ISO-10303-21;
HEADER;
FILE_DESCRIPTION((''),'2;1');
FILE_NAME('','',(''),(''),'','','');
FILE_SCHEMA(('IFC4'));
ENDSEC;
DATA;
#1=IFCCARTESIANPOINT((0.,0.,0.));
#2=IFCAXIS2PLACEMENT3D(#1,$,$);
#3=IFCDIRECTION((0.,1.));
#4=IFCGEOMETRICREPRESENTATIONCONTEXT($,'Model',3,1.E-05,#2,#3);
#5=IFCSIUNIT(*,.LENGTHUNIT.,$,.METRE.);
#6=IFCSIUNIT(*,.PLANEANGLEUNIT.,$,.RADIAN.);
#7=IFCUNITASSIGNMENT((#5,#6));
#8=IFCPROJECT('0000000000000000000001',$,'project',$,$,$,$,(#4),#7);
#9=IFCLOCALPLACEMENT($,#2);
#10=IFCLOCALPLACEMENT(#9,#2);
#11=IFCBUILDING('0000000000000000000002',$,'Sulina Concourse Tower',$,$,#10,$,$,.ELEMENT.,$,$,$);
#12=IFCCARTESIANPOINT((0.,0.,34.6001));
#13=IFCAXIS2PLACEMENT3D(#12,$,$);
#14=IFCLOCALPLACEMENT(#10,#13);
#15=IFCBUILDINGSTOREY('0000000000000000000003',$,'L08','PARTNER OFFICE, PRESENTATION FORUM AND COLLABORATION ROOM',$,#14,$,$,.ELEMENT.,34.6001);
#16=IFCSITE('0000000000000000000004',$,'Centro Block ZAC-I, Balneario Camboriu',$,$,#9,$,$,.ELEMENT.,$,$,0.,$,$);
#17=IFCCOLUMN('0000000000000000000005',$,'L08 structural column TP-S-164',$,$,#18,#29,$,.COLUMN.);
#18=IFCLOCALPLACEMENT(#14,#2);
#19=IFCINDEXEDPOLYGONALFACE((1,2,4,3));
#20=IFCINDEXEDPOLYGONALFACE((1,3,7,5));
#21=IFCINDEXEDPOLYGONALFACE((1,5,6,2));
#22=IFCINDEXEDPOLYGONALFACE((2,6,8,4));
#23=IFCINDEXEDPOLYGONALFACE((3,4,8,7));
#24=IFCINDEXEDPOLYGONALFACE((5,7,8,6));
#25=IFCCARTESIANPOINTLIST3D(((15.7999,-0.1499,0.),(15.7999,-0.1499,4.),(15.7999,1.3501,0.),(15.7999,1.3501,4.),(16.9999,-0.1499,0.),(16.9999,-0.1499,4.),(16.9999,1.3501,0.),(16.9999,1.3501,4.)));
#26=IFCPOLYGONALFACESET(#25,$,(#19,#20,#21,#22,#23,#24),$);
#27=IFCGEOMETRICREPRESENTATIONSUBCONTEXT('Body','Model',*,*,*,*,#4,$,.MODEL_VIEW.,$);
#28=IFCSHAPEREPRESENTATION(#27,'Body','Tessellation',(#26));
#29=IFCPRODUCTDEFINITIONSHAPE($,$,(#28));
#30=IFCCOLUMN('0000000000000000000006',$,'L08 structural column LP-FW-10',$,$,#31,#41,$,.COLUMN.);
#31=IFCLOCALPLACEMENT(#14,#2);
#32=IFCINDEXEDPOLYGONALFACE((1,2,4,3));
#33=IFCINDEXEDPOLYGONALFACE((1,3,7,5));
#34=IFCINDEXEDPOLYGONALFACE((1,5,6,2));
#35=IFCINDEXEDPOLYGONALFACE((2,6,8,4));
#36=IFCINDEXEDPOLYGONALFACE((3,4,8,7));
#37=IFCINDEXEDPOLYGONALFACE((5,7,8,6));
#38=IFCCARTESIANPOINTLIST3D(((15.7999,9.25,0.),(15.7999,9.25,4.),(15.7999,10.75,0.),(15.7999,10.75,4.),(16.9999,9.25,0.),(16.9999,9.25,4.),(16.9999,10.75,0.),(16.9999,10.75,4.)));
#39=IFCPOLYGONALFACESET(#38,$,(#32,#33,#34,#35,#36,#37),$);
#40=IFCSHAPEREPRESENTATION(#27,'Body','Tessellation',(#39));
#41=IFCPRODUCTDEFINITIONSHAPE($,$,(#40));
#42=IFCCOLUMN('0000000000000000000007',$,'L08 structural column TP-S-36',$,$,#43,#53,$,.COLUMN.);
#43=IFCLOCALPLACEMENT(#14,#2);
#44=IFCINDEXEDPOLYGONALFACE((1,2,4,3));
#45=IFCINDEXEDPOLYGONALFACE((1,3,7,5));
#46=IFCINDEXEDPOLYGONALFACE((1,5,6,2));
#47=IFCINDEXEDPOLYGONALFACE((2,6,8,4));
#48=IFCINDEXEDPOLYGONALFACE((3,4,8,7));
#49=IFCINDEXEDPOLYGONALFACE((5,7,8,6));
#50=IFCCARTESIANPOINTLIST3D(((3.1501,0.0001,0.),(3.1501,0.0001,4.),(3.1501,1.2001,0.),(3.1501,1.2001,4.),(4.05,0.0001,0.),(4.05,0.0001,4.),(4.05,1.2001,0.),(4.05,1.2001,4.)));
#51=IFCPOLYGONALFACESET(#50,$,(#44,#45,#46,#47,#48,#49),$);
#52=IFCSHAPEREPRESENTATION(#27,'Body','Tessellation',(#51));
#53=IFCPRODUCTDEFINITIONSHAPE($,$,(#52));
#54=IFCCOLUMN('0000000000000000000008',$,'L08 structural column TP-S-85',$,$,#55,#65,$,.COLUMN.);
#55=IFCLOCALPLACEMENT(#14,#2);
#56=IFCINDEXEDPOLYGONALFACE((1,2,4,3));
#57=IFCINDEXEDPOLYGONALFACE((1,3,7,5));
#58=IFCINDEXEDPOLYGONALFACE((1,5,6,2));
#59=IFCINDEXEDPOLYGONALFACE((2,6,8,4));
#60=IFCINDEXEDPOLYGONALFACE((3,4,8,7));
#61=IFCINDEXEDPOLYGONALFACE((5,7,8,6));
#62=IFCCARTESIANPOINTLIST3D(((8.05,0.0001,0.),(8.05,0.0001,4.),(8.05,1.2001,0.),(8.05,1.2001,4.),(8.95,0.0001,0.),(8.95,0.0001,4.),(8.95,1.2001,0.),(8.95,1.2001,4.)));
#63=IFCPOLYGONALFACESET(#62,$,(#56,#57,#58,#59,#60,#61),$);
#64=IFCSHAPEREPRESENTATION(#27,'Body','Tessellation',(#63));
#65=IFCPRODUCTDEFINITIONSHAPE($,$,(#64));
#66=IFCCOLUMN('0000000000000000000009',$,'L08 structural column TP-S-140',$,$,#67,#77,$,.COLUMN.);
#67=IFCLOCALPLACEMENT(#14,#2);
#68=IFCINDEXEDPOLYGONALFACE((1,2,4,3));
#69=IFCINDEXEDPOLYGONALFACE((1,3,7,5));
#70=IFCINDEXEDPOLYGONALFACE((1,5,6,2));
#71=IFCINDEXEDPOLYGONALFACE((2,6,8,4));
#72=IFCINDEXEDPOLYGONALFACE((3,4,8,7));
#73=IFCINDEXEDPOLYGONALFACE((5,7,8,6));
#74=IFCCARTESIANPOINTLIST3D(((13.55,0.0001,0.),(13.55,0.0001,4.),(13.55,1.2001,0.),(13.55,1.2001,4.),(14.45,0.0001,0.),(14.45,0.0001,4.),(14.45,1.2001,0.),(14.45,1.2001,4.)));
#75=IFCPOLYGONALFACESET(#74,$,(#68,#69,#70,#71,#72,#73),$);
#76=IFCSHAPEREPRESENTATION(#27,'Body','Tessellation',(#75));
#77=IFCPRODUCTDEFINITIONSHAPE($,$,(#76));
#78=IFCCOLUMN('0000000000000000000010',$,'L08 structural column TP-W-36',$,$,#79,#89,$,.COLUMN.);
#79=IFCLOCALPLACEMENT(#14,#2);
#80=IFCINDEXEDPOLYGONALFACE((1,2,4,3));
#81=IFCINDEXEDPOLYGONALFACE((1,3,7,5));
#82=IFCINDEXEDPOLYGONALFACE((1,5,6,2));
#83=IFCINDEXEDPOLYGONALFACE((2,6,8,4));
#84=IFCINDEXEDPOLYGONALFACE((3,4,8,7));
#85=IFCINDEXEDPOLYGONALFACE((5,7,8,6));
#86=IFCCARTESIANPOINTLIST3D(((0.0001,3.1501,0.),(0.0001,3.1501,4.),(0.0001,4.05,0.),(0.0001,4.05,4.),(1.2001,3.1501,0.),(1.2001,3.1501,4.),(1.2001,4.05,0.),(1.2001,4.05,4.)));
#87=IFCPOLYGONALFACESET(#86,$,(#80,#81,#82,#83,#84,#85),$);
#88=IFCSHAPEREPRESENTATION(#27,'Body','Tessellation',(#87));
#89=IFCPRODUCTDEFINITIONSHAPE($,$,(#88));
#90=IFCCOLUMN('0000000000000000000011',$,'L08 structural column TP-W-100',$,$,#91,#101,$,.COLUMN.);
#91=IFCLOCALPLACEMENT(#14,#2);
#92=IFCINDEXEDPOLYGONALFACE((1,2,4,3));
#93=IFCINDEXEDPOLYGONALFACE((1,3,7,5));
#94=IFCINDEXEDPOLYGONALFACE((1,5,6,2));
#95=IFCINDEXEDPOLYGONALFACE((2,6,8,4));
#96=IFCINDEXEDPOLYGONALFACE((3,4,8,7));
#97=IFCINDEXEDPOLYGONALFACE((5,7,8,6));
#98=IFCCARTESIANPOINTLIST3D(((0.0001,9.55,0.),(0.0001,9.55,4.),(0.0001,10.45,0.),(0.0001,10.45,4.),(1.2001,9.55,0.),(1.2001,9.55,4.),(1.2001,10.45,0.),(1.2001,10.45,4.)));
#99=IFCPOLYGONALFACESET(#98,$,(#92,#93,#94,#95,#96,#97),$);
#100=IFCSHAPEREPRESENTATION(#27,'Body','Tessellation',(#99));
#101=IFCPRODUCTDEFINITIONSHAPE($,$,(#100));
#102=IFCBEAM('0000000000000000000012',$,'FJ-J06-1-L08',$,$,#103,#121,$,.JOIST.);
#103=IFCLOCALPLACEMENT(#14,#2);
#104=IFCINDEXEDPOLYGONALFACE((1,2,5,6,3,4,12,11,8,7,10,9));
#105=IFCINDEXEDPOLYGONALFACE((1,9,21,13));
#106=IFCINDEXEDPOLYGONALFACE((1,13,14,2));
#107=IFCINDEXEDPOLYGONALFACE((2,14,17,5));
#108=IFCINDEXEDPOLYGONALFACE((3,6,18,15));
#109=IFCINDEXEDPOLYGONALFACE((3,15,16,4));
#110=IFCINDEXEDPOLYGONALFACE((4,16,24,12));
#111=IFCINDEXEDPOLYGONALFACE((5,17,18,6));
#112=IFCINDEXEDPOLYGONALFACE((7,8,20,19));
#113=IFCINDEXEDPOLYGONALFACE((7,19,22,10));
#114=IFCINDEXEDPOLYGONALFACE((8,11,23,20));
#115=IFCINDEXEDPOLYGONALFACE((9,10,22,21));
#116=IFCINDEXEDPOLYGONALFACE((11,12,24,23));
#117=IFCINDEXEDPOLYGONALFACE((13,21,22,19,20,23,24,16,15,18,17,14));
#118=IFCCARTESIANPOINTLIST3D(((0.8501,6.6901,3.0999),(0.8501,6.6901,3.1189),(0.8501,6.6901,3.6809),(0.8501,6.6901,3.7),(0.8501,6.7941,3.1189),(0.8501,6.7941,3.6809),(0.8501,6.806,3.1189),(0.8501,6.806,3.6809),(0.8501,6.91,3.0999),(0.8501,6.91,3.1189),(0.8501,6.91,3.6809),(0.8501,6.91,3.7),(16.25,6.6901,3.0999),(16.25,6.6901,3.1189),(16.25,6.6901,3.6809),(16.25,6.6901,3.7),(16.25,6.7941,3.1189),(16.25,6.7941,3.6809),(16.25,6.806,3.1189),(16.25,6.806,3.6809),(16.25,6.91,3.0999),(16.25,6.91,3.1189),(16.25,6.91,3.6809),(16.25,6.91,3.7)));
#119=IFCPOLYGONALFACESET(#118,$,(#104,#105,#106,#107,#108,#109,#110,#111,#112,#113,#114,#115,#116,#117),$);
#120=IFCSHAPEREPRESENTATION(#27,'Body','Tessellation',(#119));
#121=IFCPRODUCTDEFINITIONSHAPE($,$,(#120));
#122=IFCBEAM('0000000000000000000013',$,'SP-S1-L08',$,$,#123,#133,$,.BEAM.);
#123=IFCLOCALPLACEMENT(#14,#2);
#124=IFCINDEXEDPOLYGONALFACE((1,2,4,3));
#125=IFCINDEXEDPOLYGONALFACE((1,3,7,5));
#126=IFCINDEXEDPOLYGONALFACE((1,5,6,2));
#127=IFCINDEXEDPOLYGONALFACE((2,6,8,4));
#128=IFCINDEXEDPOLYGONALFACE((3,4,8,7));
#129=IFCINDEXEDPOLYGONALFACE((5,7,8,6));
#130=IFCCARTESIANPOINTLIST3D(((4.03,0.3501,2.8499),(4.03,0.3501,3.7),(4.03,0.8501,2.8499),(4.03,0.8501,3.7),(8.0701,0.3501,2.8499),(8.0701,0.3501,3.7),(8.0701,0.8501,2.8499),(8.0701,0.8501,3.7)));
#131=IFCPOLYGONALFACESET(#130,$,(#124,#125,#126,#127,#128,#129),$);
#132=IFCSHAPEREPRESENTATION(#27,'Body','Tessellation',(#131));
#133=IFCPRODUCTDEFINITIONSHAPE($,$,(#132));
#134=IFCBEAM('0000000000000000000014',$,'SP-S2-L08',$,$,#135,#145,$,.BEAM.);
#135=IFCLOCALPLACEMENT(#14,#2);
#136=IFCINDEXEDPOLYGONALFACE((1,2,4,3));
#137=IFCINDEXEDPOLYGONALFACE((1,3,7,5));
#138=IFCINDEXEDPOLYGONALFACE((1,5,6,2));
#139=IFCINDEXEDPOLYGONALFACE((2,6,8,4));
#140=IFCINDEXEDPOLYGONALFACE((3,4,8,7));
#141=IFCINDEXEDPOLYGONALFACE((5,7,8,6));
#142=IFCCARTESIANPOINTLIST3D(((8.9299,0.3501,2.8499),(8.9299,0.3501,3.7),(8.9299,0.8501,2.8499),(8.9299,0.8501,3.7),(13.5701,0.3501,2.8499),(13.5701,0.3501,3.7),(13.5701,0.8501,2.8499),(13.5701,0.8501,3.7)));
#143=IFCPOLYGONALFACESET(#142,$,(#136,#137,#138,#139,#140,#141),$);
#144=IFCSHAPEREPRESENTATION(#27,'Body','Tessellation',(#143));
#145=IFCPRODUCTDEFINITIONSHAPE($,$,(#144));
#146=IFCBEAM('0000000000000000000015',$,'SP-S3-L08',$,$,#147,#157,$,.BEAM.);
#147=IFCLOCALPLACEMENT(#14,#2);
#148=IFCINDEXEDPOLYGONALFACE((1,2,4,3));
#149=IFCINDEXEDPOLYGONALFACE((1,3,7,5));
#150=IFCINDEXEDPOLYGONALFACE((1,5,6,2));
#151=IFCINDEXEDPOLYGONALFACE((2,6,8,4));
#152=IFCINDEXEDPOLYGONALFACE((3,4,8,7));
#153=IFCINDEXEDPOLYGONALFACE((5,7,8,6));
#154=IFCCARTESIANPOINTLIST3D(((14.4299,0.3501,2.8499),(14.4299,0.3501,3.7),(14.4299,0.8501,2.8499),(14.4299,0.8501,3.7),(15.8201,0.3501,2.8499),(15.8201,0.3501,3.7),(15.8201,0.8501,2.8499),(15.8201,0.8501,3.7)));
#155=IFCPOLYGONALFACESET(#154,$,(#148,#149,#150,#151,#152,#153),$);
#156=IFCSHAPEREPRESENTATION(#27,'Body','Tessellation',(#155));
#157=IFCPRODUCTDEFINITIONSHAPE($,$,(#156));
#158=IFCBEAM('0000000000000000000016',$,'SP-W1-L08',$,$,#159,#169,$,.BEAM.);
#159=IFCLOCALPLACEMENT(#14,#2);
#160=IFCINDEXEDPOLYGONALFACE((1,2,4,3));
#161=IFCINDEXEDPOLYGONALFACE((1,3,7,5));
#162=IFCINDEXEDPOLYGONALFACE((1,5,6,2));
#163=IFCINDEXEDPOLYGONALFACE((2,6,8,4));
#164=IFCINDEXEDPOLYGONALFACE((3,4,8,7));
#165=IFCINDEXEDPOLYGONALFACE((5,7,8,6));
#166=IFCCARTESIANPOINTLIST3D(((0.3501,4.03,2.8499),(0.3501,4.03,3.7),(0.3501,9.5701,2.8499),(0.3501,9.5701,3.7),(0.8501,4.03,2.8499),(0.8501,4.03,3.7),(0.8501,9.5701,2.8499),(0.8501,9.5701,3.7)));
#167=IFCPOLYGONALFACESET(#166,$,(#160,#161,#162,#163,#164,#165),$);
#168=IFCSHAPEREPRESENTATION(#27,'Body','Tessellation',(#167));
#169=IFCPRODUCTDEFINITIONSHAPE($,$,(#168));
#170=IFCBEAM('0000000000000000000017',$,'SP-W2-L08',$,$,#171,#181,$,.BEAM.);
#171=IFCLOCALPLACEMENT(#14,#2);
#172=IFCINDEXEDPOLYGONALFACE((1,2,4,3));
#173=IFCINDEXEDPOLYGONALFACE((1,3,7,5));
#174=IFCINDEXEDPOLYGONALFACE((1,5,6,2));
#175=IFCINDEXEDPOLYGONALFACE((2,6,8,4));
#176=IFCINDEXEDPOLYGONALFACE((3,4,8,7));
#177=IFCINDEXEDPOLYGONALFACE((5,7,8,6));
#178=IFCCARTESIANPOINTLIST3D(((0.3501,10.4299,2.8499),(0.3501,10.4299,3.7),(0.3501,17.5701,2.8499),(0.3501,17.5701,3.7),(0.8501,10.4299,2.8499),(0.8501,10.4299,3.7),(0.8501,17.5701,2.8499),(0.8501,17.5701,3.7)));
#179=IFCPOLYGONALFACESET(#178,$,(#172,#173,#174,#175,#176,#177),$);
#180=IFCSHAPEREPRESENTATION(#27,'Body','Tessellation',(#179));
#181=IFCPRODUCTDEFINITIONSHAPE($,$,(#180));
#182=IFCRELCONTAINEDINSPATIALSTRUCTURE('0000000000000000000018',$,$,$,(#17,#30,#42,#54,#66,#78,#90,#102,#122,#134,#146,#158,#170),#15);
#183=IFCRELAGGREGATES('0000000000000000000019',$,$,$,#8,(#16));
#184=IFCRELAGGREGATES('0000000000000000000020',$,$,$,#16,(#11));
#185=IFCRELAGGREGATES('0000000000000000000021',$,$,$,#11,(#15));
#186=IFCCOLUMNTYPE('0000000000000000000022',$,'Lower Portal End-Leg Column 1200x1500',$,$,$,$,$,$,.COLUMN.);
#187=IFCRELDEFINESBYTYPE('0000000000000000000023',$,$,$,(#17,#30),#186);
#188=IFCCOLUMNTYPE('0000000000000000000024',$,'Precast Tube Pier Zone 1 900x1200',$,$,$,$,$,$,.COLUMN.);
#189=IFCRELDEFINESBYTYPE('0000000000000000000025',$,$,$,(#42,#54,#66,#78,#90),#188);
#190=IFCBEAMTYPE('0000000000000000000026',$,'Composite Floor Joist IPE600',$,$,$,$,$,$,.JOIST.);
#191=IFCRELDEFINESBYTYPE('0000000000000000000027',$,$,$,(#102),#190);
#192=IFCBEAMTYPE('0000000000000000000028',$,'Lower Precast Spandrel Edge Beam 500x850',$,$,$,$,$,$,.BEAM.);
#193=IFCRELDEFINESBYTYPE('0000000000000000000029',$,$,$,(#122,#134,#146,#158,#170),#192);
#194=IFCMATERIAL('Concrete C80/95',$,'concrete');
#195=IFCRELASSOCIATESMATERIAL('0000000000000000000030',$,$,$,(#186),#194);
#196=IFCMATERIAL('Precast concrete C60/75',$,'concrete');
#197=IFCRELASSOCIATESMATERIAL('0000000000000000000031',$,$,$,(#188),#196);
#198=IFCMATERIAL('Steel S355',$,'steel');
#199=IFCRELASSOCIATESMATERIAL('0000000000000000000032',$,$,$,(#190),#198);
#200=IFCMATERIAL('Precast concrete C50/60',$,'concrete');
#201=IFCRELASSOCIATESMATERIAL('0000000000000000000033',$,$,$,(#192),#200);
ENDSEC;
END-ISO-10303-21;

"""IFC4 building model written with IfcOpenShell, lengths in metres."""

from ifc_helpers import new_model, si_unit, direction, frame, origin, origin_2d, place, context, subcontext, project, spatial, rectangle, i_section, extrude, material, material_profile, profile_set, type_object, element, save


model = new_model("IFC4")

# Units and contexts
model_context = context("Model", 3, precision=1e-05, world=origin(), true_north=direction((0.0, 1.0)))
body_context = subcontext(model_context, "Body", "Model", "MODEL_VIEW")
ifc_project = project(units=[si_unit("LENGTHUNIT", "METRE"), si_unit("PLANEANGLEUNIT", "RADIAN")], contexts=[model_context])

# Site, building, storey
site_placement = place(None, origin())
site = spatial("IfcSite", under=ifc_project, at=site_placement, Name="Centro Block ZAC-I, Balneario Camboriu", CompositionType="ELEMENT", RefElevation=0.0)
building_placement = place(site_placement, origin())
building = spatial("IfcBuilding", under=site, at=building_placement, Name="Sulina Concourse Tower", CompositionType="ELEMENT")
storey_placement = place(building_placement, frame((0.0, 0.0, 34.6001)))
storey = spatial("IfcBuildingStorey", under=building, at=storey_placement, Name="L08", Description="PARTNER OFFICE, PRESENTATION FORUM AND COLLABORATION ROOM", CompositionType="ELEMENT", Elevation=34.6001)

# Columns
ifc_material_1 = material(Name="Concrete C80/95", Category="concrete")
ifc_material_profile_1 = material_profile(ifc_material_1, rectangle(XDim=1.2, YDim=1.5, at=origin_2d()), Name="RC 1200x1500")
ifc_profile_set_1 = profile_set([ifc_material_profile_1], Name="Concrete C80/95")
column_type_1 = type_object("IfcColumnType", Name="Lower Portal End-Leg Column 1200x1500", PredefinedType="COLUMN", material=ifc_profile_set_1)
for number, where, z_axis, x_axis, name in (
    (1, (16.3999, 0.6001, 0.0), (0.0, 0.0, 1.0), (1.0, 0.0, 0.0), "L08 structural column TP-S-164"),
    (2, (16.3999, 10.0, 0.0), (0.0, 0.0, 1.0), (1.0, 0.0, 0.0), "L08 structural column LP-FW-10"),
):
    element("IfcColumn", number, at=place(storey_placement, frame(where, z_axis=z_axis, x_axis=x_axis)), inside=storey, type_object=column_type_1, Name=name, PredefinedType="COLUMN", context=body_context, shape_type="SweptSolid", body=[
        extrude(rectangle(XDim=1.2, YDim=1.5, at=origin_2d()), origin(), (0.0, 0.0, 1.0), 4.0),
    ])
ifc_material_2 = material(Name="Precast concrete C60/75", Category="concrete")
ifc_material_profile_2 = material_profile(ifc_material_2, rectangle(XDim=0.8999, YDim=1.2, at=origin_2d()), Name="PC 900x1200")
ifc_profile_set_2 = profile_set([ifc_material_profile_2], Name="Precast concrete C60/75")
column_type_2 = type_object("IfcColumnType", Name="Precast Tube Pier Zone 1 900x1200", PredefinedType="COLUMN", material=ifc_profile_set_2)
for number, where, z_axis, x_axis, name in (
    (3, (3.6001, 0.6001, 0.0), (0.0, 0.0, 1.0), (1.0, 0.0, 0.0), "L08 structural column TP-S-36"),
    (4, (8.5, 0.6001, 0.0), (0.0, 0.0, 1.0), (1.0, 0.0, 0.0), "L08 structural column TP-S-85"),
    (5, (14.0, 0.6001, 0.0), (0.0, 0.0, 1.0), (1.0, 0.0, 0.0), "L08 structural column TP-S-140"),
    (6, (0.6001, 3.6001, 0.0), (0.0, 0.0, 1.0), (0.0, 1.0, 0.0), "L08 structural column TP-W-36"),
    (7, (0.6001, 10.0, 0.0), (0.0, 0.0, 1.0), (0.0, 1.0, 0.0), "L08 structural column TP-W-100"),
):
    element("IfcColumn", number, at=place(storey_placement, frame(where, z_axis=z_axis, x_axis=x_axis)), inside=storey, type_object=column_type_2, Name=name, PredefinedType="COLUMN", context=body_context, shape_type="SweptSolid", body=[
        extrude(rectangle(XDim=0.8999, YDim=1.2, at=origin_2d()), origin(), (0.0, 0.0, 1.0), 4.0),
    ])

# Beams
ifc_material_3 = material(Name="Steel S355", Category="steel")
ifc_material_profile_3 = material_profile(ifc_material_3, i_section(OverallWidth=0.22, OverallDepth=0.6001, WebThickness=0.012, FlangeThickness=0.019, at=origin_2d()), Name="IPE 600")
ifc_profile_set_3 = profile_set([ifc_material_profile_3], Name="Steel S355")
beam_type_1 = type_object("IfcBeamType", Name="Composite Floor Joist IPE600", PredefinedType="JOIST", material=ifc_profile_set_3)
beam_1_placement = place(storey_placement, frame((0.8501, 6.8, 3.3999), z_axis=(1.0, 0.0, 0.0), x_axis=(0.0, 1.0, 0.0)))
element("IfcBeam", 8, at=beam_1_placement, inside=storey, type_object=beam_type_1, Name="FJ-J06-1-L08", PredefinedType="JOIST", context=body_context, shape_type="SweptSolid", body=[
    extrude(i_section(OverallWidth=0.22, OverallDepth=0.6001, WebThickness=0.012, FlangeThickness=0.019, at=origin_2d()), origin(), (0.0, 0.0, 1.0), 15.3999),
])
ifc_material_4 = material(Name="Precast concrete C50/60", Category="concrete")
ifc_material_profile_4 = material_profile(ifc_material_4, rectangle(XDim=0.5, YDim=0.8501, at=origin_2d()), Name="RC 500x850")
ifc_profile_set_4 = profile_set([ifc_material_profile_4], Name="Precast concrete C50/60")
beam_type_2 = type_object("IfcBeamType", Name="Lower Precast Spandrel Edge Beam 500x850", PredefinedType="BEAM", material=ifc_profile_set_4)
beam_2_placement = place(storey_placement, frame((4.03, 0.6001, 3.2749), z_axis=(1.0, 0.0, 0.0), x_axis=(0.0, 1.0, 0.0)))
element("IfcBeam", 9, at=beam_2_placement, inside=storey, type_object=beam_type_2, Name="SP-S1-L08", PredefinedType="BEAM", context=body_context, shape_type="SweptSolid", body=[
    extrude(rectangle(XDim=0.5, YDim=0.8501, at=origin_2d()), origin(), (0.0, 0.0, 1.0), 4.04),
])
beam_3_placement = place(storey_placement, frame((8.9299, 0.6001, 3.2749), z_axis=(1.0, 0.0, 0.0), x_axis=(0.0, 1.0, 0.0)))
element("IfcBeam", 10, at=beam_3_placement, inside=storey, type_object=beam_type_2, Name="SP-S2-L08", PredefinedType="BEAM", context=body_context, shape_type="SweptSolid", body=[
    extrude(rectangle(XDim=0.5, YDim=0.8501, at=origin_2d()), origin(), (0.0, 0.0, 1.0), 4.6401),
])
beam_4_placement = place(storey_placement, frame((14.4299, 0.6001, 3.2749), z_axis=(1.0, 0.0, 0.0), x_axis=(0.0, 1.0, 0.0)))
element("IfcBeam", 11, at=beam_4_placement, inside=storey, type_object=beam_type_2, Name="SP-S3-L08", PredefinedType="BEAM", context=body_context, shape_type="SweptSolid", body=[
    extrude(rectangle(XDim=0.5, YDim=0.8501, at=origin_2d()), origin(), (0.0, 0.0, 1.0), 1.3901),
])
beam_5_placement = place(storey_placement, frame((0.6001, 4.03, 3.2749), z_axis=(0.0, 1.0, 0.0), x_axis=(-1.0, 0.0, 0.0)))
element("IfcBeam", 12, at=beam_5_placement, inside=storey, type_object=beam_type_2, Name="SP-W1-L08", PredefinedType="BEAM", context=body_context, shape_type="SweptSolid", body=[
    extrude(rectangle(XDim=0.5, YDim=0.8501, at=origin_2d()), origin(), (0.0, 0.0, 1.0), 5.54),
])
beam_6_placement = place(storey_placement, frame((0.6001, 10.4299, 3.2749), z_axis=(0.0, 1.0, 0.0), x_axis=(-1.0, 0.0, 0.0)))
element("IfcBeam", 13, at=beam_6_placement, inside=storey, type_object=beam_type_2, Name="SP-W2-L08", PredefinedType="BEAM", context=body_context, shape_type="SweptSolid", body=[
    extrude(rectangle(XDim=0.5, YDim=0.8501, at=origin_2d()), origin(), (0.0, 0.0, 1.0), 7.1401),
])

save(model, "model.ifc")
